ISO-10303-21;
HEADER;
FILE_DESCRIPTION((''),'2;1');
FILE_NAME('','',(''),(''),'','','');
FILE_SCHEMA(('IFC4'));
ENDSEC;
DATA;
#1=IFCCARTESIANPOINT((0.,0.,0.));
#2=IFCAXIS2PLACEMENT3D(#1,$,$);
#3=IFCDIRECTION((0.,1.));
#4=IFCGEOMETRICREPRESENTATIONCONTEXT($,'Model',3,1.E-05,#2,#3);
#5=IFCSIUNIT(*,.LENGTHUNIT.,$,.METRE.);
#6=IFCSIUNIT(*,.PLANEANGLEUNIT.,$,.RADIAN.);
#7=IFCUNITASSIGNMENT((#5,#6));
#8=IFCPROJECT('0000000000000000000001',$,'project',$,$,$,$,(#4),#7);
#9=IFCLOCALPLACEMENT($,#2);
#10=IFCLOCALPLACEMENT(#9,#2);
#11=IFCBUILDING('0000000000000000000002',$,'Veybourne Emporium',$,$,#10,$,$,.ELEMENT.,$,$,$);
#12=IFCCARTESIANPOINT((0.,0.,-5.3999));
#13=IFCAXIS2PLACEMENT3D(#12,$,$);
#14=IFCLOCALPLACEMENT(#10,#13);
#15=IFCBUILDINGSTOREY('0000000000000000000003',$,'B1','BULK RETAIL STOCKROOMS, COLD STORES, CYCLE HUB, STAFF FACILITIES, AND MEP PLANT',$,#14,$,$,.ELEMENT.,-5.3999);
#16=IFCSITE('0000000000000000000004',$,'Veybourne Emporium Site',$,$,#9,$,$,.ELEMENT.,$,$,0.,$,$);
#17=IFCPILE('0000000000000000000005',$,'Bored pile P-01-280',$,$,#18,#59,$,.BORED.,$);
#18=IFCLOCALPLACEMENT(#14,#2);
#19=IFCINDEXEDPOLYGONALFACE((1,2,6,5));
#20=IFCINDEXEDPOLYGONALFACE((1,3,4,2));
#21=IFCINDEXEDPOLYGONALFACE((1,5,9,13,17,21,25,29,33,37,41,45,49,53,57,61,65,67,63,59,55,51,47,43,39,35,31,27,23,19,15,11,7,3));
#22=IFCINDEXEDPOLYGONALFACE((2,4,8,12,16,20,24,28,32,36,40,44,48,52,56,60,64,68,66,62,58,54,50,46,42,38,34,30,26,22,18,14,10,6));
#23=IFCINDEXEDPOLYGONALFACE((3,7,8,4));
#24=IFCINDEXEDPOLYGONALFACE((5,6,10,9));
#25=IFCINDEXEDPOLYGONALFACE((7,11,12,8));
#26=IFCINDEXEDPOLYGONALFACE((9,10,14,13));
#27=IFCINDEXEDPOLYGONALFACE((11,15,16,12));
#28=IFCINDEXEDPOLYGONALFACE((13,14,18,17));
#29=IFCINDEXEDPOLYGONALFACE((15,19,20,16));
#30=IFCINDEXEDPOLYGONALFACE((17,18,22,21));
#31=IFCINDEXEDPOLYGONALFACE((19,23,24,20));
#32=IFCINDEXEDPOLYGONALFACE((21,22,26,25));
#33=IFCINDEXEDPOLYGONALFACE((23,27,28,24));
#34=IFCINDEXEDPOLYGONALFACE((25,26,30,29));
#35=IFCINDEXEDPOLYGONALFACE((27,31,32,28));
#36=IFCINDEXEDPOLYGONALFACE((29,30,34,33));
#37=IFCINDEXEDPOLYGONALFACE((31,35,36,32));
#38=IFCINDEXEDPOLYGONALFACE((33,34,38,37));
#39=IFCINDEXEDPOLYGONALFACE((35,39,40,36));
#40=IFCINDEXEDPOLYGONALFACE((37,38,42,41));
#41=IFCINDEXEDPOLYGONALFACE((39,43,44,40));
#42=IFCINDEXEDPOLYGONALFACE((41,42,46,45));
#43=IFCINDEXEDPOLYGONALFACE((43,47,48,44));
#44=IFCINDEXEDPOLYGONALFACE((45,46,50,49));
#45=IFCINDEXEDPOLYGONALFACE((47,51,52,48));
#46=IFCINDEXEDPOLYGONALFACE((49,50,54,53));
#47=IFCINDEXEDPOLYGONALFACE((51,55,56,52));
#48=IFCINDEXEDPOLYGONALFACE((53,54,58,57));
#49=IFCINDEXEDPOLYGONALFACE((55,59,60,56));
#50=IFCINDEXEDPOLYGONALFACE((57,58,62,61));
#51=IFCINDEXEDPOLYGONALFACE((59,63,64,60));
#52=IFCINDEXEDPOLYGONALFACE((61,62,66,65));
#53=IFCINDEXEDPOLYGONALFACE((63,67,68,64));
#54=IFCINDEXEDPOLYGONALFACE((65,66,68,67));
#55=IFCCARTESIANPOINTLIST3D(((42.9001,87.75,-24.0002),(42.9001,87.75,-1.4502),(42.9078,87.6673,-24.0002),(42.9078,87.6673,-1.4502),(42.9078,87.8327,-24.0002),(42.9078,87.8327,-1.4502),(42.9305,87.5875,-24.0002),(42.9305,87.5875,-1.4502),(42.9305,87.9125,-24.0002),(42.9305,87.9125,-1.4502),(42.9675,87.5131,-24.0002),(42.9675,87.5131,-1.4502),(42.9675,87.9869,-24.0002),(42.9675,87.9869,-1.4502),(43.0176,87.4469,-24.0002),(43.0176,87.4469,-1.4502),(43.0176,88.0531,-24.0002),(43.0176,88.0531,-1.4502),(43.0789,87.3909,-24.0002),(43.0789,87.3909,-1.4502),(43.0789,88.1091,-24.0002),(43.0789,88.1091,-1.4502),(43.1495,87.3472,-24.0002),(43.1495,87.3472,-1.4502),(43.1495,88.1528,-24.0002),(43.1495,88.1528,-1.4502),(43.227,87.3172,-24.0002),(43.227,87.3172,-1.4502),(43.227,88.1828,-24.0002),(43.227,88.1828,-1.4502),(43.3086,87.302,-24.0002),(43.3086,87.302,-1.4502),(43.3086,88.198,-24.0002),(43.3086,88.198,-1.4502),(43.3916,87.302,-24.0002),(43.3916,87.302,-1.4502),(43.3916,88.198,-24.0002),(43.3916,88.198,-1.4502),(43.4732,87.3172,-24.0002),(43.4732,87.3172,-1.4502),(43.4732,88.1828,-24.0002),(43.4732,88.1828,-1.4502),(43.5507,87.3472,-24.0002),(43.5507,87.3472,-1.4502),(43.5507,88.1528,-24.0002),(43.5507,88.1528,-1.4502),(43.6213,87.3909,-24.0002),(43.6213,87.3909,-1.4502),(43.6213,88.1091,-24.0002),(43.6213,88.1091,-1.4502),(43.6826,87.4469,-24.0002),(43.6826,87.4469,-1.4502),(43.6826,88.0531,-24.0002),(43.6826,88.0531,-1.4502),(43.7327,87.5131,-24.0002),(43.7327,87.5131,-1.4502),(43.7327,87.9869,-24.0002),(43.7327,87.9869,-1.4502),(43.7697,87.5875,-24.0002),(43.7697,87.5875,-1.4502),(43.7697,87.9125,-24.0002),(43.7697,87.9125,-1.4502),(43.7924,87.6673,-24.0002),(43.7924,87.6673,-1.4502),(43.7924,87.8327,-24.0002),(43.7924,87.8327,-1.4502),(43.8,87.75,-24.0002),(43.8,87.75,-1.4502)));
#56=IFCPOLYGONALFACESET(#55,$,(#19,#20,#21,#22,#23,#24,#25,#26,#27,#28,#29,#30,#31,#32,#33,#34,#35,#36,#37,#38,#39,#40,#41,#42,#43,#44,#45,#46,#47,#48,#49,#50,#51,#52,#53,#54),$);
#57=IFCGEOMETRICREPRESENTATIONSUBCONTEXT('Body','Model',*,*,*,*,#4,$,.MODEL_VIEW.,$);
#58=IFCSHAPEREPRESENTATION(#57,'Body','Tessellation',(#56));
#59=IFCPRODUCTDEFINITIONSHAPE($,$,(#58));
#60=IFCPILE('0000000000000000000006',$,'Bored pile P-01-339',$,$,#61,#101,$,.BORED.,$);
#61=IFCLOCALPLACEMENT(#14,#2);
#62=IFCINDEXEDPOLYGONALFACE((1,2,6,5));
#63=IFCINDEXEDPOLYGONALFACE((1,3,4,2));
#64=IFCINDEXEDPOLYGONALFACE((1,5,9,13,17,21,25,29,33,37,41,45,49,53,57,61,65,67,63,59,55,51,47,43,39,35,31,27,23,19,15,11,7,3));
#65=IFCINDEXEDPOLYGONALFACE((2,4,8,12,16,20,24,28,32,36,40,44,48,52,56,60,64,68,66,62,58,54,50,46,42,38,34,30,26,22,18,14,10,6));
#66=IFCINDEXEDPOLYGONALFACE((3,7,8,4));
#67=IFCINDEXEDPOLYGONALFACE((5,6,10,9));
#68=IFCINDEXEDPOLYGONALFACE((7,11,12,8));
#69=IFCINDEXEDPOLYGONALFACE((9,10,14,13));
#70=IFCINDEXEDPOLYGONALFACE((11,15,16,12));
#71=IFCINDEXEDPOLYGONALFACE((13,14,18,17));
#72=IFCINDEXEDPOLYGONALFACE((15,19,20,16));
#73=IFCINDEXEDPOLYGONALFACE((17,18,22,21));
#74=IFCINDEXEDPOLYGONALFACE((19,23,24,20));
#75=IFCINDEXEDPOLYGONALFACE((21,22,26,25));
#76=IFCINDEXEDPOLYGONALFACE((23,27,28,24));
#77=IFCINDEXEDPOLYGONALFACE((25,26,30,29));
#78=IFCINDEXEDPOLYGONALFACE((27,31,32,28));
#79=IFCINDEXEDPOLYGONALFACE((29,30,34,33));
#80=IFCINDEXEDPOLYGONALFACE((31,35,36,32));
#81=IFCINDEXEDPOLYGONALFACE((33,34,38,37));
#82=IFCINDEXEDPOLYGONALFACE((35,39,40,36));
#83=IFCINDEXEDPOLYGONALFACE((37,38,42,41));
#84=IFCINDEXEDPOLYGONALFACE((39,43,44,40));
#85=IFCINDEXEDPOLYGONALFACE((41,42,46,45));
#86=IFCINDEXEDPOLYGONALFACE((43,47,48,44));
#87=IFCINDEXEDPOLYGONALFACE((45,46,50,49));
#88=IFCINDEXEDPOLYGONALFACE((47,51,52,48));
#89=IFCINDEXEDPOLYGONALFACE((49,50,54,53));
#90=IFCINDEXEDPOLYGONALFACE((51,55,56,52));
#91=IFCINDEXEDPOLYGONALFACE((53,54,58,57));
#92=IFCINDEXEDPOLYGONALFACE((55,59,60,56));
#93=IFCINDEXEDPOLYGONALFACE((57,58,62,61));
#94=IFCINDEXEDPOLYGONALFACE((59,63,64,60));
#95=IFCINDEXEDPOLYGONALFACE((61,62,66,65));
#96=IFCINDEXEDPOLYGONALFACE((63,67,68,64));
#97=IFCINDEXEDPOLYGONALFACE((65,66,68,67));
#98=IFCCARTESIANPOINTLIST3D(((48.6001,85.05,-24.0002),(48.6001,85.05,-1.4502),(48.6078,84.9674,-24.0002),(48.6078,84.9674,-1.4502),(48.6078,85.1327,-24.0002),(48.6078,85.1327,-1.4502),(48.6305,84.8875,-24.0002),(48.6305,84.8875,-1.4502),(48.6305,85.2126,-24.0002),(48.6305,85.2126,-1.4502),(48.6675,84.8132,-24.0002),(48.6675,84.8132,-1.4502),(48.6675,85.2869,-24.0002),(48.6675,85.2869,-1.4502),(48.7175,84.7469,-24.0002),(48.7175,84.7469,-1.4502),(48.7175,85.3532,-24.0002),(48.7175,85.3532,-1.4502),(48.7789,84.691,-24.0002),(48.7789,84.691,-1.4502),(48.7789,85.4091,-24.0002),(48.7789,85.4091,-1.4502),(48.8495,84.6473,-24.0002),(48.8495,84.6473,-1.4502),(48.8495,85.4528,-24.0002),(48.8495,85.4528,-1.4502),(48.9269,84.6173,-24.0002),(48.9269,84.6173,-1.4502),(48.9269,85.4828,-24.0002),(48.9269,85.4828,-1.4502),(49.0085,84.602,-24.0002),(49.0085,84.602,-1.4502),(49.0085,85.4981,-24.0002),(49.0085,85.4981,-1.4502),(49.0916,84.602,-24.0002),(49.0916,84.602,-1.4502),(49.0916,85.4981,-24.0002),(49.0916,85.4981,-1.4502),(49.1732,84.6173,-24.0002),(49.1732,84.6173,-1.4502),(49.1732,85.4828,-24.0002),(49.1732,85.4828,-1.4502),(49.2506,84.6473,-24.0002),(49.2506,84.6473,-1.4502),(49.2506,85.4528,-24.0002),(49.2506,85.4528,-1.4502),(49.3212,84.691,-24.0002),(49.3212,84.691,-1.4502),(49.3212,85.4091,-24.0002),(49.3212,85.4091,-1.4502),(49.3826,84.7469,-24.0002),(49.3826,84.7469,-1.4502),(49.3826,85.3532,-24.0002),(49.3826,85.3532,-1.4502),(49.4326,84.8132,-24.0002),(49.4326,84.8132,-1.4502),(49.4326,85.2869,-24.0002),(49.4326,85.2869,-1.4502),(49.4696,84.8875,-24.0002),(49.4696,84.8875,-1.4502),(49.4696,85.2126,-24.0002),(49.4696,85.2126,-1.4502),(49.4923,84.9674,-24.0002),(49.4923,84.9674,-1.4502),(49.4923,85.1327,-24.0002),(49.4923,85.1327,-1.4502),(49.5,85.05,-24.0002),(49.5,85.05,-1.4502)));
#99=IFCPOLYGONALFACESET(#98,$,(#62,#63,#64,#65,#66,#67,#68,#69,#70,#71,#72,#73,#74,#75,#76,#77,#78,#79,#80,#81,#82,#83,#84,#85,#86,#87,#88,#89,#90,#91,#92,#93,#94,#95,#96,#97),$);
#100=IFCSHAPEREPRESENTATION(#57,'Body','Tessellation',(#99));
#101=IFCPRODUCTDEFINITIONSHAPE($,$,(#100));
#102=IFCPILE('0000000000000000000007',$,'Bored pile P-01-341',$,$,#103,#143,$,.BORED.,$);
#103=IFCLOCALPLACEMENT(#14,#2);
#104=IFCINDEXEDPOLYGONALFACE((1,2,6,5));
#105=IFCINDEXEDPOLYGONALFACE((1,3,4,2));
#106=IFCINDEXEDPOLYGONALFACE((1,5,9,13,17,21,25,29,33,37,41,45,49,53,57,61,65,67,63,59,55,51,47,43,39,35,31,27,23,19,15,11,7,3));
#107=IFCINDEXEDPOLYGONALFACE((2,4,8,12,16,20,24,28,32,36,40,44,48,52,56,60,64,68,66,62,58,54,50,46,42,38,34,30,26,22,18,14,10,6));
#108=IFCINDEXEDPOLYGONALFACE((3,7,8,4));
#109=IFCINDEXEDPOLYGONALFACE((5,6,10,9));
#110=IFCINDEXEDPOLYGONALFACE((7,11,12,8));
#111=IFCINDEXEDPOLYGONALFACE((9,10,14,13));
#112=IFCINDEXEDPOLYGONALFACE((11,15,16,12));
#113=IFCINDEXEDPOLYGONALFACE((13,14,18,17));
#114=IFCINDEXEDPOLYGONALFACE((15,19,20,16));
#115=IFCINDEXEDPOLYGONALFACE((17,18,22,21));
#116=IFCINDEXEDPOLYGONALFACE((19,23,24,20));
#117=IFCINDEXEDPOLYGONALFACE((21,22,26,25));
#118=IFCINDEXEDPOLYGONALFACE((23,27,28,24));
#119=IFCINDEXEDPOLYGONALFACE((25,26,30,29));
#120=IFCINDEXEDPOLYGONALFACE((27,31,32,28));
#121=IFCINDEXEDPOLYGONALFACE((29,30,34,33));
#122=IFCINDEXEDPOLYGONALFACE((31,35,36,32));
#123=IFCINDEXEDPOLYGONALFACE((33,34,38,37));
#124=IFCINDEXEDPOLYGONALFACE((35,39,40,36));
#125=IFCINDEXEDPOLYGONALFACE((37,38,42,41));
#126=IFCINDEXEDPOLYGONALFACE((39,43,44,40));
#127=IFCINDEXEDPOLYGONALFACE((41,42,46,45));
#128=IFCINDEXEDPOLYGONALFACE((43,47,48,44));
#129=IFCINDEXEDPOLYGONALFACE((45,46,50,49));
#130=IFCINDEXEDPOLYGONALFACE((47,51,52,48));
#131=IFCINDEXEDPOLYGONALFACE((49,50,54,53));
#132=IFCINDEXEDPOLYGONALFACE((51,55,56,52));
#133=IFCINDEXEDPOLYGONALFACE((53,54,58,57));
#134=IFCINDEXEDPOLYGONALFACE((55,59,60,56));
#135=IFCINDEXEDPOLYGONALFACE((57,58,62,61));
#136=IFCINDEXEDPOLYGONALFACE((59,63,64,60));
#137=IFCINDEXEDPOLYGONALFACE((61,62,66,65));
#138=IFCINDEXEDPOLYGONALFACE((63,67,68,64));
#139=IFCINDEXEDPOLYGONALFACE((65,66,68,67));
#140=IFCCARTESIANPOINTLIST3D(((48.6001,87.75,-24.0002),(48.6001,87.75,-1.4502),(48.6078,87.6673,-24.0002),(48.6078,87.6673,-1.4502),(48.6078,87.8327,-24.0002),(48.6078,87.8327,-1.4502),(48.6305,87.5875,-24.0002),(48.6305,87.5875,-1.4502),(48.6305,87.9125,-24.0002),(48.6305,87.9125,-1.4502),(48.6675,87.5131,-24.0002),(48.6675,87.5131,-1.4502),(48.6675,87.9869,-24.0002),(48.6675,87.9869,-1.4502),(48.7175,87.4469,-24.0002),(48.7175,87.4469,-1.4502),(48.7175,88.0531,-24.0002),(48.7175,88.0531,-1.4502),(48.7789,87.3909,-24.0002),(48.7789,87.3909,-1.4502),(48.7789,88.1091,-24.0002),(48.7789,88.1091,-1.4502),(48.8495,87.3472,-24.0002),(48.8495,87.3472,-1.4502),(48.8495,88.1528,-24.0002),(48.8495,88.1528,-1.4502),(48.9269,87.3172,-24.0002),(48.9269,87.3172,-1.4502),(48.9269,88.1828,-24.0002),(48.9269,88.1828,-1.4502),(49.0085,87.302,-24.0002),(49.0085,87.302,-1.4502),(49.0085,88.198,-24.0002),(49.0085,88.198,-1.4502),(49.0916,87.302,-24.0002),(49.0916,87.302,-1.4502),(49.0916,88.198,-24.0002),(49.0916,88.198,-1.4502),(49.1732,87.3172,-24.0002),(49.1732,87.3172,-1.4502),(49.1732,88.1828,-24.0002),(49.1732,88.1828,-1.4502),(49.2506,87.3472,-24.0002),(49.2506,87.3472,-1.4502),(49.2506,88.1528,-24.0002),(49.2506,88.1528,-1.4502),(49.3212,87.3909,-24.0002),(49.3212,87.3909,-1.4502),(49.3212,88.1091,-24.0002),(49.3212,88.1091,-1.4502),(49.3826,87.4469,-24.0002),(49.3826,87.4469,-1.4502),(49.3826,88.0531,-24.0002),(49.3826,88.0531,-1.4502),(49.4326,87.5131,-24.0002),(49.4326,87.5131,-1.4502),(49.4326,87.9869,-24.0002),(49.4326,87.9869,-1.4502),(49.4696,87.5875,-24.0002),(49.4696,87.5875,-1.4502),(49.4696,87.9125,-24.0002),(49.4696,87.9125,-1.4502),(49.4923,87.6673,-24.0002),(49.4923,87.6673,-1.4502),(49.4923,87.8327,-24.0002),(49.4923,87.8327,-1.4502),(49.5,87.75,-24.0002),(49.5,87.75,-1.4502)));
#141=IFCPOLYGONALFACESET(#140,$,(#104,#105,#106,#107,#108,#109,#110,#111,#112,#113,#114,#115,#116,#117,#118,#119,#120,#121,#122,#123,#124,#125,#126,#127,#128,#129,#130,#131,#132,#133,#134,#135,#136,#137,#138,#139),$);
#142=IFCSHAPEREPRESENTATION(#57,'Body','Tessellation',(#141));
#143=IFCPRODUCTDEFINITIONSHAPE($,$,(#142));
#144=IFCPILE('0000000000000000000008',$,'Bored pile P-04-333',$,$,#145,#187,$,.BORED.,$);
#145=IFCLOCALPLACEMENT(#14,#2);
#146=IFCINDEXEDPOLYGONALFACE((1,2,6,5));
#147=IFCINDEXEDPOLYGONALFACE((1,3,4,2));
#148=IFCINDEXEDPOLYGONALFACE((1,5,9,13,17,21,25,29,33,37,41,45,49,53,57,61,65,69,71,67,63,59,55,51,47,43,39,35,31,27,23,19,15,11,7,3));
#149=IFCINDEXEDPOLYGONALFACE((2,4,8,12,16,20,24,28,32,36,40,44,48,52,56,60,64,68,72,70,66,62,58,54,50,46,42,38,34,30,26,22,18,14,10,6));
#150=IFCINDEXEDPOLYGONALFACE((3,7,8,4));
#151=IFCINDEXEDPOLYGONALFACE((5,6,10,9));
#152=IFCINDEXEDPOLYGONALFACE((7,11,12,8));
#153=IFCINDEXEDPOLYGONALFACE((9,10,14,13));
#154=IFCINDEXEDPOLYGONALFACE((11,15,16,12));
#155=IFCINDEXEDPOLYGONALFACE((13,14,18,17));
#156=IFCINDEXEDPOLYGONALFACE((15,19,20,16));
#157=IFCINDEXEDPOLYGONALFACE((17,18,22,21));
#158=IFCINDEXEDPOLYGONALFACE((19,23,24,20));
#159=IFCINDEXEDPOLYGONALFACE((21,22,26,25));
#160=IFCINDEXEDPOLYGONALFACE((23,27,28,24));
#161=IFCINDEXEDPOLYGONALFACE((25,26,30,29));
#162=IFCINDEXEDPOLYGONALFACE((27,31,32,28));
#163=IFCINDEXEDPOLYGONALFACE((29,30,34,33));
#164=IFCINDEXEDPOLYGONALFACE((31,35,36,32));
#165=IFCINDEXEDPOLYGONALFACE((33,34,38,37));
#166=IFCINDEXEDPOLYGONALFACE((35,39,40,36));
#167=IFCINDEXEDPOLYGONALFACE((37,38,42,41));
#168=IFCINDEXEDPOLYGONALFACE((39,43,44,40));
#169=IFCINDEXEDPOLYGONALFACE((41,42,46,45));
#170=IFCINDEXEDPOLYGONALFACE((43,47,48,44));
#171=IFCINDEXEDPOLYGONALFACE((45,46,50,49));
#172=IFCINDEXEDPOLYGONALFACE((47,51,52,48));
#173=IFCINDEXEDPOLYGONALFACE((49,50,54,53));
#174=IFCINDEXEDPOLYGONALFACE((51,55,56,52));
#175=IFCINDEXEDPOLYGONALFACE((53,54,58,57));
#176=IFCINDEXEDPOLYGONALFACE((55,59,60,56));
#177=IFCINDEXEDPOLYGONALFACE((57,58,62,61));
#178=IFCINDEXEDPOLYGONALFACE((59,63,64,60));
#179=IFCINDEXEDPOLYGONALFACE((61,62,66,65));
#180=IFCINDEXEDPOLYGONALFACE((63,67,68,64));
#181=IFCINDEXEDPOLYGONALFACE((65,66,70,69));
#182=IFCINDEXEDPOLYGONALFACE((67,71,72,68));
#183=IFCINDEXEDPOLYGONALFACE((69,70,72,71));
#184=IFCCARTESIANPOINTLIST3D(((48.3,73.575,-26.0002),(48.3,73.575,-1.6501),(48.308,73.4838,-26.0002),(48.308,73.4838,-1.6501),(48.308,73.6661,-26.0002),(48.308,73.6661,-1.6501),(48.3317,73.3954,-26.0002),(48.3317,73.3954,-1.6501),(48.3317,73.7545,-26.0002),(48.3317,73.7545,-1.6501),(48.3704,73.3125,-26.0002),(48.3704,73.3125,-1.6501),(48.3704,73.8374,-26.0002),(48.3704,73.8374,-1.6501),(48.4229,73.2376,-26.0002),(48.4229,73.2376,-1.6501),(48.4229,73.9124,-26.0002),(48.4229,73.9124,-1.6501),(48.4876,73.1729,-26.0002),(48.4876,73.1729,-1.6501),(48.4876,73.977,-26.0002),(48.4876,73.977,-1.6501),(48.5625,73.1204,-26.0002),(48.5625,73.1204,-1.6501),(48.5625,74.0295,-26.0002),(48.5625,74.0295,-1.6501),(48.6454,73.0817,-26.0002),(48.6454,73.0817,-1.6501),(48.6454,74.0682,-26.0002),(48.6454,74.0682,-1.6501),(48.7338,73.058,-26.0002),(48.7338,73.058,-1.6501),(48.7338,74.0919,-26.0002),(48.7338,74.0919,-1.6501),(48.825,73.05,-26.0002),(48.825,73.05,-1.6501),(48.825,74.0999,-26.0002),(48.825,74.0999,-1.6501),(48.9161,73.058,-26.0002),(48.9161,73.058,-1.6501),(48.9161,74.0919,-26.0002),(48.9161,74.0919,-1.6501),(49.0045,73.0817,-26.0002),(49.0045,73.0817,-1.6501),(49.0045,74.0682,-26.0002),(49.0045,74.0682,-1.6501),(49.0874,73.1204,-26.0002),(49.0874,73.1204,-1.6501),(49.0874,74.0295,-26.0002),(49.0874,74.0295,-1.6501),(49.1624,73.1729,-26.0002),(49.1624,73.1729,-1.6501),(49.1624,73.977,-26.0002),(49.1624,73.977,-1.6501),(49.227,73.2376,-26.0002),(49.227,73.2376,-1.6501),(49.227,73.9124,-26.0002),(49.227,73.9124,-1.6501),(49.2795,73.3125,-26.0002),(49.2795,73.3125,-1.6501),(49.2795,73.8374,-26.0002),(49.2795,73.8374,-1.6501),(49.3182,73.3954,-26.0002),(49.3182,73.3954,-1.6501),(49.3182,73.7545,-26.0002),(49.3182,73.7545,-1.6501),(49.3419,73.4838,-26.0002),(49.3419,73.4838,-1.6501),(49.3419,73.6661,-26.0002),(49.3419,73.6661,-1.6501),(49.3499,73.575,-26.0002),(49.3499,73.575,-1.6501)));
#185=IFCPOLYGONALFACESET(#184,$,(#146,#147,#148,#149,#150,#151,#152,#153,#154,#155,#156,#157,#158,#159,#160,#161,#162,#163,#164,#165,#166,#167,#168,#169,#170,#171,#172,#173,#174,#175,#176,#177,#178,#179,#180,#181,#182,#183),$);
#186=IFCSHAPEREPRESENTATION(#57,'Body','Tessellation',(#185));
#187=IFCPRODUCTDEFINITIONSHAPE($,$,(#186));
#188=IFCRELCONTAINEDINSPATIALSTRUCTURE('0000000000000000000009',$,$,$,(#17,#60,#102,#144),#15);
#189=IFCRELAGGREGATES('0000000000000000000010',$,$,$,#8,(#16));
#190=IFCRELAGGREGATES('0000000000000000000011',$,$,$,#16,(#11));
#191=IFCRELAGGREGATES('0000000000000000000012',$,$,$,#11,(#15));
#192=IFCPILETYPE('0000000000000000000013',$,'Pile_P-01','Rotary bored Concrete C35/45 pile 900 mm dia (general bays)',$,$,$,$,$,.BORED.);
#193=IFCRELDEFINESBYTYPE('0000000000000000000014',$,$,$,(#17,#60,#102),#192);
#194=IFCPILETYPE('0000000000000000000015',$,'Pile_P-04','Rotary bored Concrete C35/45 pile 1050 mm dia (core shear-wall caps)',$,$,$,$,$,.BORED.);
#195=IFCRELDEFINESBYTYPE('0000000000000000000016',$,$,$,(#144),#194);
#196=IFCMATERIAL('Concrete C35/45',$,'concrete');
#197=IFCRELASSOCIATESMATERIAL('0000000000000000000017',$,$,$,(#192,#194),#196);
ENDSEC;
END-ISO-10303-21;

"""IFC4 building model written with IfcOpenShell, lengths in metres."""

from ifc_helpers import new_model, si_unit, direction, frame, origin, origin_2d, place, context, subcontext, project, spatial, circle, extrude, material, material_profile, profile_set, type_object, element, save


model = new_model("IFC4")

# Units and contexts
model_context = context("Model", 3, precision=1e-05, world=origin(), true_north=direction((0.0, 1.0)))
body_context = subcontext(model_context, "Body", "Model", "MODEL_VIEW")
ifc_project = project(units=[si_unit("LENGTHUNIT", "METRE"), si_unit("PLANEANGLEUNIT", "RADIAN")], contexts=[model_context])

# Site, building, storey
site_placement = place(None, origin())
site = spatial("IfcSite", under=ifc_project, at=site_placement, Name="Veybourne Emporium Site", CompositionType="ELEMENT", RefElevation=0.0)
building_placement = place(site_placement, origin())
building = spatial("IfcBuilding", under=site, at=building_placement, Name="Veybourne Emporium", CompositionType="ELEMENT")
storey_placement = place(building_placement, frame((0.0, 0.0, -5.3999)))
storey = spatial("IfcBuildingStorey", under=building, at=storey_placement, Name="B1", Description="BULK RETAIL STOCKROOMS, COLD STORES, CYCLE HUB, STAFF FACILITIES, AND MEP PLANT", CompositionType="ELEMENT", Elevation=-5.3999)

# Shared definitions
ifc_material_1 = material(Name="Concrete C35/45", Category="concrete")

# Piles
ifc_material_profile_1 = material_profile(ifc_material_1, circle(Radius=0.45, at=origin_2d()), Name="BORED PILE 900")
ifc_profile_set_1 = profile_set([ifc_material_profile_1], Name="Concrete C35/45")
pile_type_1 = type_object("IfcPileType", Name="Pile_P-01", Description="Rotary bored Concrete C35/45 pile 900 mm dia (general bays)", PredefinedType="BORED", material=ifc_profile_set_1)
for number, where, z_axis, x_axis, name in (
    (1, (43.3501, 87.75, -1.4502), (0.0, 0.0, -1.0), (1.0, 0.0, 0.0), "Bored pile P-01-280"),
    (2, (49.05, 85.05, -1.4502), (0.0, 0.0, -1.0), (1.0, 0.0, 0.0), "Bored pile P-01-339"),
    (3, (49.05, 87.75, -1.4502), (0.0, 0.0, -1.0), (1.0, 0.0, 0.0), "Bored pile P-01-341"),
):
    element("IfcPile", number, at=place(storey_placement, frame(where, z_axis=z_axis, x_axis=x_axis)), inside=storey, type_object=pile_type_1, Name=name, PredefinedType="BORED", context=body_context, shape_type="SweptSolid", body=[
        extrude(circle(Radius=0.45, at=origin_2d()), origin(), (0.0, 0.0, 1.0), 22.55),
    ])
ifc_material_profile_2 = material_profile(ifc_material_1, circle(Radius=0.5249, at=origin_2d()), Name="BORED PILE 1050")
ifc_profile_set_2 = profile_set([ifc_material_profile_2], Name="Concrete C35/45")
pile_type_2 = type_object("IfcPileType", Name="Pile_P-04", Description="Rotary bored Concrete C35/45 pile 1050 mm dia (core shear-wall caps)", PredefinedType="BORED", material=ifc_profile_set_2)
for number, where, z_axis, x_axis, name in (
    (4, (48.825, 73.575, -1.6501), (0.0, 0.0, -1.0), (1.0, 0.0, 0.0), "Bored pile P-04-333"),
):
    element("IfcPile", number, at=place(storey_placement, frame(where, z_axis=z_axis, x_axis=x_axis)), inside=storey, type_object=pile_type_2, Name=name, PredefinedType="BORED", context=body_context, shape_type="SweptSolid", body=[
        extrude(circle(Radius=0.5249, at=origin_2d()), origin(), (0.0, 0.0, 1.0), 24.3501),
    ])

save(model, "model.ifc")
